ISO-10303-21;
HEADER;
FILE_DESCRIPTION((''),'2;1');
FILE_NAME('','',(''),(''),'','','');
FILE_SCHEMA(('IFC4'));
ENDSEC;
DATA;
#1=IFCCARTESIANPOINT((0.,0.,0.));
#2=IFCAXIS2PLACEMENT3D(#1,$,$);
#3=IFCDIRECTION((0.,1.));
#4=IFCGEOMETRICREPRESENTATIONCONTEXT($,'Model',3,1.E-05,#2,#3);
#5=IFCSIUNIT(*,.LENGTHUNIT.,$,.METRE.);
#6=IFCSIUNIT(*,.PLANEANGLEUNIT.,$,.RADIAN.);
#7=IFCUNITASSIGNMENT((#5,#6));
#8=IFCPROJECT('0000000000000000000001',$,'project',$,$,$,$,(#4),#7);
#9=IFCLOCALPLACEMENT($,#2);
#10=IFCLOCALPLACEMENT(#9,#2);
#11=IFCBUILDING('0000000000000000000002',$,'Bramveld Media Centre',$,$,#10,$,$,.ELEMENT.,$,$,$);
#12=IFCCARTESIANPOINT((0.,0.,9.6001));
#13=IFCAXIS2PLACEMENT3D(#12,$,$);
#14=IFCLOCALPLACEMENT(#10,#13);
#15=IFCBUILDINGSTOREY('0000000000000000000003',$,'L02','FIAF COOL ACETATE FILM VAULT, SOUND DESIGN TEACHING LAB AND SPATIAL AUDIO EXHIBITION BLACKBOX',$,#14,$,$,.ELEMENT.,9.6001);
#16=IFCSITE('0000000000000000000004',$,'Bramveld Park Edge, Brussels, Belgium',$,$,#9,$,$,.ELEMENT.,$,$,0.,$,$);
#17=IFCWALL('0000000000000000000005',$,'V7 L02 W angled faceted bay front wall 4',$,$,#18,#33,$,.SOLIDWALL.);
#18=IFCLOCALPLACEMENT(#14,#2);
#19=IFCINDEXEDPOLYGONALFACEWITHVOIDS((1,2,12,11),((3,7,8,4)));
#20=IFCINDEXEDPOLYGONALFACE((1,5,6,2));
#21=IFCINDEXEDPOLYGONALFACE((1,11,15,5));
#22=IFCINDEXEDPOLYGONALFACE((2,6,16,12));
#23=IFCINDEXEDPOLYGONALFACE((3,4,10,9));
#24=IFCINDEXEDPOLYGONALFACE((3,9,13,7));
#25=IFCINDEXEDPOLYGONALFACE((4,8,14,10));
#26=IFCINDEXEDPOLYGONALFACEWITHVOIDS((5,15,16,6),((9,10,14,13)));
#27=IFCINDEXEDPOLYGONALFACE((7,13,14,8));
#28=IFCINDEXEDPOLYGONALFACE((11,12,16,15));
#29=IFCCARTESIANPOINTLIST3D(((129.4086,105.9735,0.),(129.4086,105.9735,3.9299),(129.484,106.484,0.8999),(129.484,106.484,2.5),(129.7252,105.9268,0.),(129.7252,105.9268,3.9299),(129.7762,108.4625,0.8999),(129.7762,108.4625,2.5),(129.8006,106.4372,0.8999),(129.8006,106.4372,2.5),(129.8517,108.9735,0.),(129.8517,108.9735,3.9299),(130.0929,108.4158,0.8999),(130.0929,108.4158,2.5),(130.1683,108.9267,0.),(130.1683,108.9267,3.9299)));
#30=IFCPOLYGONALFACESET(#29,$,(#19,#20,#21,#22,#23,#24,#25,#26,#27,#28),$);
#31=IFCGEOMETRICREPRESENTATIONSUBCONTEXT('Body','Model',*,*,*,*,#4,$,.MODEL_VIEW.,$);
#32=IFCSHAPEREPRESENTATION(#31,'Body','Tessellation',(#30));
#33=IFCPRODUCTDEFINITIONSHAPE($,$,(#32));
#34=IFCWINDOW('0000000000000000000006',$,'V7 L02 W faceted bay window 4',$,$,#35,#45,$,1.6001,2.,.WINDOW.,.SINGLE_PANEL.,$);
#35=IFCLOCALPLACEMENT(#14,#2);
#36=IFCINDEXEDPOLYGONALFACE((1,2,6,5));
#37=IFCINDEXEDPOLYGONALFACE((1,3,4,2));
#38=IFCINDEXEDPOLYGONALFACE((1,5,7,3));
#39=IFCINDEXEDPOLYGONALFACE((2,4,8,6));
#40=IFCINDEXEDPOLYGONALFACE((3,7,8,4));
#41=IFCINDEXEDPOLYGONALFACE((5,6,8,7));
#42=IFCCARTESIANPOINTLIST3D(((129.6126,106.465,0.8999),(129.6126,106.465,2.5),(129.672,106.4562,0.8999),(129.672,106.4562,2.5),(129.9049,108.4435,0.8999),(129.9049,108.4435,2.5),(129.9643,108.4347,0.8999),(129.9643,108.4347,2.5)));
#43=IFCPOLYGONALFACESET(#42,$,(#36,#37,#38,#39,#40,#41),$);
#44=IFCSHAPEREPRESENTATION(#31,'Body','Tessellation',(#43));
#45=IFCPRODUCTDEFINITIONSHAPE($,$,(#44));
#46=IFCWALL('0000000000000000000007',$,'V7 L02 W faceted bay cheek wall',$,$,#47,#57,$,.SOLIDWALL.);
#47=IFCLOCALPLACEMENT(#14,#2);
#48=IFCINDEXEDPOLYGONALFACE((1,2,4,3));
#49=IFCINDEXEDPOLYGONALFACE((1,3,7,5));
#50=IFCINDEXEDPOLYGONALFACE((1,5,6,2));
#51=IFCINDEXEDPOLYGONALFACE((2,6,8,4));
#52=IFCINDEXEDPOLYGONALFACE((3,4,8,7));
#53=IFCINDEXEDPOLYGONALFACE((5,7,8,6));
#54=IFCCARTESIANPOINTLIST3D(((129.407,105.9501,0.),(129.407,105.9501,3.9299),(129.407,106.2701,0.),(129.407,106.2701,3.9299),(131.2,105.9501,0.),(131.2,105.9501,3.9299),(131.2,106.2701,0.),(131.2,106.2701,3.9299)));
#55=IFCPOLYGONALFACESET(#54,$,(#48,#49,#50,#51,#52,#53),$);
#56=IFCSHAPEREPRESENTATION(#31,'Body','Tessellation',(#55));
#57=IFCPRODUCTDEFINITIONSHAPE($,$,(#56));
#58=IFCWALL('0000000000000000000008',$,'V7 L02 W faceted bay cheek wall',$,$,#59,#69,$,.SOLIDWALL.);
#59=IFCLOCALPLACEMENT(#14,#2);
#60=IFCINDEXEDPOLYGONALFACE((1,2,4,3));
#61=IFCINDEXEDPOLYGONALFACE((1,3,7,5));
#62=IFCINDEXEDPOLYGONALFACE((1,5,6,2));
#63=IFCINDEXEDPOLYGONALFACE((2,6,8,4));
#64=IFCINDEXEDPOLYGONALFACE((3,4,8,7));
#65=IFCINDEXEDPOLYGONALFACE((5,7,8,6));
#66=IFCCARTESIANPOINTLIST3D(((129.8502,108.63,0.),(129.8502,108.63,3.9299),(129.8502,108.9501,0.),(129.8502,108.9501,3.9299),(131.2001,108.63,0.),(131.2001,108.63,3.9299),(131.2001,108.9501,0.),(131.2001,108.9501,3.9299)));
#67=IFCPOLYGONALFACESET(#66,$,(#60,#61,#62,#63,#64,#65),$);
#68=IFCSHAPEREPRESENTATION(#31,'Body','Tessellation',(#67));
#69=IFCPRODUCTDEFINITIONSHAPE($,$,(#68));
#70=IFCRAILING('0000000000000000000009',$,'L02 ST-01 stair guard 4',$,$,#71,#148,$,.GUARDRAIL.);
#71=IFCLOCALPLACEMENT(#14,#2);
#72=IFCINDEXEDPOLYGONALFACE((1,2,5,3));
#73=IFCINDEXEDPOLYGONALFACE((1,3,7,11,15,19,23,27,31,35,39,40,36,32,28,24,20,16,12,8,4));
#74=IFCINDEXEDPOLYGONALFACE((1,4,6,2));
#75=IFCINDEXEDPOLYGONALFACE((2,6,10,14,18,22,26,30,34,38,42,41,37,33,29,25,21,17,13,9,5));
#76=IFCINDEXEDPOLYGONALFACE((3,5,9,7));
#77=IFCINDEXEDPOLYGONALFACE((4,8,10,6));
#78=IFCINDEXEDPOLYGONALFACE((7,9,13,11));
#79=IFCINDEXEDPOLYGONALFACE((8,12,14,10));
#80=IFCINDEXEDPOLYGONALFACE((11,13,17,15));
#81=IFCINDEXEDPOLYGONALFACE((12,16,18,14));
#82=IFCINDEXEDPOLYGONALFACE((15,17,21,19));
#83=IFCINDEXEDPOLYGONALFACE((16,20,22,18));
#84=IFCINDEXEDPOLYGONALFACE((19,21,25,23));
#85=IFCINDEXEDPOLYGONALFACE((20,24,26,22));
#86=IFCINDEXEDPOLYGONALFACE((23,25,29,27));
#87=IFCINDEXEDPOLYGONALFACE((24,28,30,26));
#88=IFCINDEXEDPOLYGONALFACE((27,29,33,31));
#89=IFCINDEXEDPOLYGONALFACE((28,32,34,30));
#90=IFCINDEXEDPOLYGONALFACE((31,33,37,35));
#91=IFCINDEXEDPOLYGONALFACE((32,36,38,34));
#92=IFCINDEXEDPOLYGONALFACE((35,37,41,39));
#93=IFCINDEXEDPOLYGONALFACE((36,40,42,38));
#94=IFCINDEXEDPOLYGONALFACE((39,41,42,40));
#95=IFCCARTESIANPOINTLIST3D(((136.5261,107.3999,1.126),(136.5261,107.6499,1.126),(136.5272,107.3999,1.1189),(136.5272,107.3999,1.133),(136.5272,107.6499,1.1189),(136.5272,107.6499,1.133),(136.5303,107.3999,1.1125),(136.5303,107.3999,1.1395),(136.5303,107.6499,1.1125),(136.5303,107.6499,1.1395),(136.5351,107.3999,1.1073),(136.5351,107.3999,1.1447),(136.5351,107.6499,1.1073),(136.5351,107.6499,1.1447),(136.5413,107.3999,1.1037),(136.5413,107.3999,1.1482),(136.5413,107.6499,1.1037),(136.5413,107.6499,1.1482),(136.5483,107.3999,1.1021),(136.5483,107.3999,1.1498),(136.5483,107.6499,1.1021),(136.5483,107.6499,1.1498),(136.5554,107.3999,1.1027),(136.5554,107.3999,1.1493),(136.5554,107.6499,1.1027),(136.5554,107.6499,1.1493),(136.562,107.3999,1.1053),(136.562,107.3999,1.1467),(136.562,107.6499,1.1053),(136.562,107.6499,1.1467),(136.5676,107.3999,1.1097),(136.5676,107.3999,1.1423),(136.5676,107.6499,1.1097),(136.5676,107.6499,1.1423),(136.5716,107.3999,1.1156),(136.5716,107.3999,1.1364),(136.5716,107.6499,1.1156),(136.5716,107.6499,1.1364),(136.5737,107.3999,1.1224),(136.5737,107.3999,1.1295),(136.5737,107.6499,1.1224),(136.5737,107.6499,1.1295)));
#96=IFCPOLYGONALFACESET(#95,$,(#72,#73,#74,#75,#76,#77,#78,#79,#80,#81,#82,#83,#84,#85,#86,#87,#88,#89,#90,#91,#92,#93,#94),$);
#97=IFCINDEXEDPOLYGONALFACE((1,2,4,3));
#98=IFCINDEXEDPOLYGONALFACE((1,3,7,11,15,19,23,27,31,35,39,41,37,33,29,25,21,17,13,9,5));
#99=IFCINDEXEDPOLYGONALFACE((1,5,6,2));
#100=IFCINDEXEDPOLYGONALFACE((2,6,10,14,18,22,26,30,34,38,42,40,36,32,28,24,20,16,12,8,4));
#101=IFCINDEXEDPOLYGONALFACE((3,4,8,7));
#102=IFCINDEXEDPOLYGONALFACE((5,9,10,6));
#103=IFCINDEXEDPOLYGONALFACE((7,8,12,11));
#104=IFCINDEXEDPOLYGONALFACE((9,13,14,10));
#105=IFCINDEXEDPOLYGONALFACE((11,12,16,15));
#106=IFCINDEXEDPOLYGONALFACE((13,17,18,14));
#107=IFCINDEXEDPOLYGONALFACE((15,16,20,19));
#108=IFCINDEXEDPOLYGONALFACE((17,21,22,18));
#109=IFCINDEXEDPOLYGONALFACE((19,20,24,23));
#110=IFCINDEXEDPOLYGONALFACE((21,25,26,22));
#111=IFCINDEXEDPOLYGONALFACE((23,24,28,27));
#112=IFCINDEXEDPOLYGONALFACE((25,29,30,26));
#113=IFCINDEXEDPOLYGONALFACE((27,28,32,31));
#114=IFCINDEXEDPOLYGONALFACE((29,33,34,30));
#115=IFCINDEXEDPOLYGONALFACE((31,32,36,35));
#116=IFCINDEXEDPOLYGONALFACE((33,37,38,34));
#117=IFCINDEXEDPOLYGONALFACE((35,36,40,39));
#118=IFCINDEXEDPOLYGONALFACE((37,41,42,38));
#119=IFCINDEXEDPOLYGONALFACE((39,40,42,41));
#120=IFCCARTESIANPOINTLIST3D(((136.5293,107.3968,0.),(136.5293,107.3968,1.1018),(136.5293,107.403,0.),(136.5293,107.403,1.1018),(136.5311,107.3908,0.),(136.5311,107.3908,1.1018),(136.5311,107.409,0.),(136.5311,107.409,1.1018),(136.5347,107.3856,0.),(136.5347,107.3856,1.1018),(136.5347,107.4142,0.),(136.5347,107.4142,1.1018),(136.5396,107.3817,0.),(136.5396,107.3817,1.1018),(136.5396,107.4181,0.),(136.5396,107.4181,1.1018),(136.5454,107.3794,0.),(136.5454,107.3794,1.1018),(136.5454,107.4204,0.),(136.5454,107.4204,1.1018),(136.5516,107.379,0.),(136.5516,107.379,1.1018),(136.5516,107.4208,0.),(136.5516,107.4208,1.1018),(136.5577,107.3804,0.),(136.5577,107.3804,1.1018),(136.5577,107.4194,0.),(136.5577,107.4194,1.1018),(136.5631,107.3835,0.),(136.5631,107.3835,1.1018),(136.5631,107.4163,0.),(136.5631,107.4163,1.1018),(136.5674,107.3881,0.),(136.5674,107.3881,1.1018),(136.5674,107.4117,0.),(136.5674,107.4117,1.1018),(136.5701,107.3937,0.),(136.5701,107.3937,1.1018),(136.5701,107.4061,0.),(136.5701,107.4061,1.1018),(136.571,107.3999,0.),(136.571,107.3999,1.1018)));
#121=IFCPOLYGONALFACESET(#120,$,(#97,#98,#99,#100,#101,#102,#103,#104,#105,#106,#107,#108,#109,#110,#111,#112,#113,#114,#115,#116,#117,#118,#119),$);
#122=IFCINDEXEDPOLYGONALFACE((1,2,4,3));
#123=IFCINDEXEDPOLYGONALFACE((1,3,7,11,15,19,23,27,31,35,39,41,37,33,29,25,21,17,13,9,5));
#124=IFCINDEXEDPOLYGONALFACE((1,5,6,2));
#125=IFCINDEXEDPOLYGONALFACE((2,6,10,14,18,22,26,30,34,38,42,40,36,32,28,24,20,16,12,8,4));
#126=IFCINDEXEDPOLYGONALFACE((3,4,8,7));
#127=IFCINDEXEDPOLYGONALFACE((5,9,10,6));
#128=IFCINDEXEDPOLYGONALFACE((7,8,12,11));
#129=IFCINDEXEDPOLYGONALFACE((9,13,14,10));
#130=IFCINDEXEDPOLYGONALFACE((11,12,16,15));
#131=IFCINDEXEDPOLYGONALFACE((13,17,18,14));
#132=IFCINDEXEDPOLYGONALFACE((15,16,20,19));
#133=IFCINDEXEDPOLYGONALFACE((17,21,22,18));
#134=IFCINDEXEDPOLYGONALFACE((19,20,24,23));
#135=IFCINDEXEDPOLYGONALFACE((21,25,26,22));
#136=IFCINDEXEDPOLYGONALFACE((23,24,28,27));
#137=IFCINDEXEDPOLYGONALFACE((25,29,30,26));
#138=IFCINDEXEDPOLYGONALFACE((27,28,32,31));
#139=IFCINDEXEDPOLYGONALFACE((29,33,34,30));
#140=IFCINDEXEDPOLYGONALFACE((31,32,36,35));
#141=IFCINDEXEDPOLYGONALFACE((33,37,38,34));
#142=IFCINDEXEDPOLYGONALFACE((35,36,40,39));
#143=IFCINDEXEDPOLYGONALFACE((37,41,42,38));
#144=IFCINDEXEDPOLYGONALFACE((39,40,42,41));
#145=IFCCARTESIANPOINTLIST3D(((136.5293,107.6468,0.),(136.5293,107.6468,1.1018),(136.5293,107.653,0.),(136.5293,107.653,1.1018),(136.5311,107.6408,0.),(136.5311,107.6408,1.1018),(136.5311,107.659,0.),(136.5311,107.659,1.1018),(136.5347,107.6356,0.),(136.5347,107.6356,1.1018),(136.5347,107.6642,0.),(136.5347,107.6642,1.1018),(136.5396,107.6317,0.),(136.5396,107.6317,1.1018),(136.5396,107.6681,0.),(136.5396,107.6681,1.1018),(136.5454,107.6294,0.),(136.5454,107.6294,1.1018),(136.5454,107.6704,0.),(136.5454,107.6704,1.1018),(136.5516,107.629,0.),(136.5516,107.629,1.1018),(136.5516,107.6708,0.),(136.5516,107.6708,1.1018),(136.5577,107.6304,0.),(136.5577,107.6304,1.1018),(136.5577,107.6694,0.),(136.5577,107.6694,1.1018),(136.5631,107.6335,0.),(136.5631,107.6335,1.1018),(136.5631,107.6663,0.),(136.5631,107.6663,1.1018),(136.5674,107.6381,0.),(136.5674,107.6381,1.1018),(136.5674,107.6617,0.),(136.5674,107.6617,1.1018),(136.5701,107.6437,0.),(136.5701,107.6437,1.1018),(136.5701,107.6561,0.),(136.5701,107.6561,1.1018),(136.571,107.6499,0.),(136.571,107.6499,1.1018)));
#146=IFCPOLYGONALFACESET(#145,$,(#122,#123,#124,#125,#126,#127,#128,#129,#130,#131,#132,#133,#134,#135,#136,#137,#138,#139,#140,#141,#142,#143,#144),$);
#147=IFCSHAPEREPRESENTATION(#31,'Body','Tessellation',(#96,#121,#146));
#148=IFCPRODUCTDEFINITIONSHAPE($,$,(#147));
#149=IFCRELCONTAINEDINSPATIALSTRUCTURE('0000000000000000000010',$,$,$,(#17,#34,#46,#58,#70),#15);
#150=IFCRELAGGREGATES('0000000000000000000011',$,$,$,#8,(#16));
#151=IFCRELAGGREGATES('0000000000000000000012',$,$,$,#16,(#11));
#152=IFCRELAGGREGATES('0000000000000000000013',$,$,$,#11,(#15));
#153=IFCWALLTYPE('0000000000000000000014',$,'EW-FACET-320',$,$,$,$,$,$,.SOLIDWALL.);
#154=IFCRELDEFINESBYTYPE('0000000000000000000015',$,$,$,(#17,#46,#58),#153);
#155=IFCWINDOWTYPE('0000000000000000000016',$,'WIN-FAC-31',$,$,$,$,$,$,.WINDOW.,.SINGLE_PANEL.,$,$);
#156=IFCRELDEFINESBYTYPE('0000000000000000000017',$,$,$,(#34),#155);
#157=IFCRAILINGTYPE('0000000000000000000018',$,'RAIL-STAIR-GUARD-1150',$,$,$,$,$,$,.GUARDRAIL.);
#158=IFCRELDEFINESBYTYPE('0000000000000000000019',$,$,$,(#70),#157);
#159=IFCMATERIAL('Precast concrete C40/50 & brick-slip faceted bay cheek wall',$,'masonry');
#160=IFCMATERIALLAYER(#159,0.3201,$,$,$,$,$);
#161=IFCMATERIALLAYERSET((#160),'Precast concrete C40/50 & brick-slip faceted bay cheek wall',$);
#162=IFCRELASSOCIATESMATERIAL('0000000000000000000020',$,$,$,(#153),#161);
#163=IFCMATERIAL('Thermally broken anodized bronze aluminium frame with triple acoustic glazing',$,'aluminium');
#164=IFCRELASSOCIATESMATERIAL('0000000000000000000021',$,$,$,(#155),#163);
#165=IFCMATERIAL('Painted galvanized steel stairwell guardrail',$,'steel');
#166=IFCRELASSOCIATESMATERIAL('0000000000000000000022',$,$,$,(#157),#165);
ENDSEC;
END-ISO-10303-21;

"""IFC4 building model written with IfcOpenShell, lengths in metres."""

from ifc_helpers import new_model, si_unit, direction, frame, frame_2d, origin, origin_2d, place, context, subcontext, project, spatial, rectangle, circle, extrude, material, layer, layer_set, type_object, element, fill, save


model = new_model("IFC4")

# Units and contexts
model_context = context("Model", 3, precision=1e-05, world=origin(), true_north=direction((0.0, 1.0)))
body_context = subcontext(model_context, "Body", "Model", "MODEL_VIEW")
ifc_project = project(units=[si_unit("LENGTHUNIT", "METRE"), si_unit("PLANEANGLEUNIT", "RADIAN")], contexts=[model_context])

# Site, building, storey
site_placement = place(None, origin())
site = spatial("IfcSite", under=ifc_project, at=site_placement, Name="Bramveld Park Edge, Brussels, Belgium", CompositionType="ELEMENT", RefElevation=0.0)
building_placement = place(site_placement, origin())
building = spatial("IfcBuilding", under=site, at=building_placement, Name="Bramveld Media Centre", CompositionType="ELEMENT")
storey_placement = place(building_placement, frame((0.0, 0.0, 9.6001)))
storey = spatial("IfcBuildingStorey", under=building, at=storey_placement, Name="L02", Description="FIAF COOL ACETATE FILM VAULT, SOUND DESIGN TEACHING LAB AND SPATIAL AUDIO EXHIBITION BLACKBOX", CompositionType="ELEMENT", Elevation=9.6001)

# Shared definitions
ifc_material_1 = material(Name="Precast concrete C40/50 & brick-slip faceted bay cheek wall", Category="masonry")
ifc_layer_1 = layer(ifc_material_1, 0.3201)
ifc_layer_set_1 = layer_set([ifc_layer_1], Name="Precast concrete C40/50 & brick-slip faceted bay cheek wall")
wall_type_1 = type_object("IfcWallType", Name="EW-FACET-320", PredefinedType="SOLIDWALL", material=ifc_layer_set_1)

# Wall, opening, window
wall_1_placement = place(storey_placement, frame((130.01, 108.95, 0.0), z_axis=(0.0, 0.0, 1.0), x_axis=(-0.14612, -0.989267, 0.0)))
wall_1 = element("IfcWall", 1, at=wall_1_placement, inside=storey, type_object=wall_type_1, Name="V7 L02 W angled faceted bay front wall 4", PredefinedType="SOLIDWALL", context=body_context, shape_type="SweptSolid", body=[
    extrude(rectangle(XDim=3.0325, YDim=0.3201, at=frame_2d((1.5161, 0.0))), origin(), (0.0, 0.0, 1.0), 3.9299),
])
opening_1_placement = place(wall_1_placement, frame((0.5164, 0.0, 0.8999)))
opening_1 = element("IfcOpeningElement", 2, at=opening_1_placement, cuts=wall_1, PredefinedType="OPENING", context=body_context, shape_type="SweptSolid", body=[
    extrude(rectangle(XDim=2.0, YDim=1.6001, at=frame_2d((1.0, 0.8))), frame((0.0, 0.1719, 0.0), z_axis=(0.0, -1.0, 0.0), x_axis=(1.0, 0.0, 0.0)), (0.0, 0.0, 1.0), 0.344),
])
ifc_material_2 = material(Name="Thermally broken anodized bronze aluminium frame with triple acoustic glazing", Category="aluminium")
window_type = type_object("IfcWindowType", Name="WIN-FAC-31", PartitioningType="SINGLE_PANEL", PredefinedType="WINDOW", material=ifc_material_2)
window_placement = place(opening_1_placement, origin())
window = element("IfcWindow", 3, at=window_placement, inside=storey, type_object=window_type, Name="V7 L02 W faceted bay window 4", OverallHeight=1.6001, OverallWidth=2.0, PartitioningType="SINGLE_PANEL", PredefinedType="WINDOW", context=body_context, shape_type="SweptSolid", body=[
    extrude(rectangle(XDim=2.0, YDim=1.6001, at=frame_2d((1.0, 0.8))), frame((0.0, 0.03, 0.0), z_axis=(0.0, -1.0, 0.0), x_axis=(1.0, 0.0, 0.0)), (0.0, 0.0, 1.0), 0.0601),
])
fill(opening_1, window)

# Walls
wall_2_placement = place(storey_placement, frame((131.2, 106.1101, 0.0), z_axis=(0.0, 0.0, 1.0), x_axis=(-1.0, 0.0, 0.0)))
element("IfcWall", 4, at=wall_2_placement, inside=storey, type_object=wall_type_1, Name="V7 L02 W faceted bay cheek wall", PredefinedType="SOLIDWALL", context=body_context, shape_type="SweptSolid", body=[
    extrude(rectangle(XDim=1.793, YDim=0.3201, at=frame_2d((0.8965, 0.0))), origin(), (0.0, 0.0, 1.0), 3.9299),
])
wall_3_placement = place(storey_placement, frame((131.2, 108.79, 0.0), z_axis=(0.0, 0.0, 1.0), x_axis=(-1.0, 0.0, 0.0)))
element("IfcWall", 5, at=wall_3_placement, inside=storey, type_object=wall_type_1, Name="V7 L02 W faceted bay cheek wall", PredefinedType="SOLIDWALL", context=body_context, shape_type="SweptSolid", body=[
    extrude(rectangle(XDim=1.3499, YDim=0.3201, at=frame_2d((0.6748, 0.0))), origin(), (0.0, 0.0, 1.0), 3.9299),
])

# Railing
ifc_material_3 = material(Name="Painted galvanized steel stairwell guardrail", Category="steel")
railing_type_1 = type_object("IfcRailingType", Name="RAIL-STAIR-GUARD-1150", PredefinedType="GUARDRAIL", material=ifc_material_3)
railing_1_placement = place(storey_placement, frame((136.55, 107.3999, 0.0)))
element("IfcRailing", 6, at=railing_1_placement, inside=storey, type_object=railing_type_1, Name="L02 ST-01 stair guard 4", PredefinedType="GUARDRAIL", context=body_context, shape_type="SweptSolid", body=[
    extrude(circle(Radius=0.0239, at=origin_2d()), frame((0.0, 0.0, 1.126), z_axis=(0.0, 1.0, 0.0), x_axis=(-1.0, 0.0, 0.0)), (0.0, 0.0, 1.0), 0.25),
    extrude(circle(Radius=0.021, at=origin_2d()), origin(), (0.0, 0.0, 1.0), 1.1018),
    extrude(circle(Radius=0.021, at=origin_2d()), frame((0.0, 0.25, 0.0)), (0.0, 0.0, 1.0), 1.1018),
])

save(model, "model.ifc")
